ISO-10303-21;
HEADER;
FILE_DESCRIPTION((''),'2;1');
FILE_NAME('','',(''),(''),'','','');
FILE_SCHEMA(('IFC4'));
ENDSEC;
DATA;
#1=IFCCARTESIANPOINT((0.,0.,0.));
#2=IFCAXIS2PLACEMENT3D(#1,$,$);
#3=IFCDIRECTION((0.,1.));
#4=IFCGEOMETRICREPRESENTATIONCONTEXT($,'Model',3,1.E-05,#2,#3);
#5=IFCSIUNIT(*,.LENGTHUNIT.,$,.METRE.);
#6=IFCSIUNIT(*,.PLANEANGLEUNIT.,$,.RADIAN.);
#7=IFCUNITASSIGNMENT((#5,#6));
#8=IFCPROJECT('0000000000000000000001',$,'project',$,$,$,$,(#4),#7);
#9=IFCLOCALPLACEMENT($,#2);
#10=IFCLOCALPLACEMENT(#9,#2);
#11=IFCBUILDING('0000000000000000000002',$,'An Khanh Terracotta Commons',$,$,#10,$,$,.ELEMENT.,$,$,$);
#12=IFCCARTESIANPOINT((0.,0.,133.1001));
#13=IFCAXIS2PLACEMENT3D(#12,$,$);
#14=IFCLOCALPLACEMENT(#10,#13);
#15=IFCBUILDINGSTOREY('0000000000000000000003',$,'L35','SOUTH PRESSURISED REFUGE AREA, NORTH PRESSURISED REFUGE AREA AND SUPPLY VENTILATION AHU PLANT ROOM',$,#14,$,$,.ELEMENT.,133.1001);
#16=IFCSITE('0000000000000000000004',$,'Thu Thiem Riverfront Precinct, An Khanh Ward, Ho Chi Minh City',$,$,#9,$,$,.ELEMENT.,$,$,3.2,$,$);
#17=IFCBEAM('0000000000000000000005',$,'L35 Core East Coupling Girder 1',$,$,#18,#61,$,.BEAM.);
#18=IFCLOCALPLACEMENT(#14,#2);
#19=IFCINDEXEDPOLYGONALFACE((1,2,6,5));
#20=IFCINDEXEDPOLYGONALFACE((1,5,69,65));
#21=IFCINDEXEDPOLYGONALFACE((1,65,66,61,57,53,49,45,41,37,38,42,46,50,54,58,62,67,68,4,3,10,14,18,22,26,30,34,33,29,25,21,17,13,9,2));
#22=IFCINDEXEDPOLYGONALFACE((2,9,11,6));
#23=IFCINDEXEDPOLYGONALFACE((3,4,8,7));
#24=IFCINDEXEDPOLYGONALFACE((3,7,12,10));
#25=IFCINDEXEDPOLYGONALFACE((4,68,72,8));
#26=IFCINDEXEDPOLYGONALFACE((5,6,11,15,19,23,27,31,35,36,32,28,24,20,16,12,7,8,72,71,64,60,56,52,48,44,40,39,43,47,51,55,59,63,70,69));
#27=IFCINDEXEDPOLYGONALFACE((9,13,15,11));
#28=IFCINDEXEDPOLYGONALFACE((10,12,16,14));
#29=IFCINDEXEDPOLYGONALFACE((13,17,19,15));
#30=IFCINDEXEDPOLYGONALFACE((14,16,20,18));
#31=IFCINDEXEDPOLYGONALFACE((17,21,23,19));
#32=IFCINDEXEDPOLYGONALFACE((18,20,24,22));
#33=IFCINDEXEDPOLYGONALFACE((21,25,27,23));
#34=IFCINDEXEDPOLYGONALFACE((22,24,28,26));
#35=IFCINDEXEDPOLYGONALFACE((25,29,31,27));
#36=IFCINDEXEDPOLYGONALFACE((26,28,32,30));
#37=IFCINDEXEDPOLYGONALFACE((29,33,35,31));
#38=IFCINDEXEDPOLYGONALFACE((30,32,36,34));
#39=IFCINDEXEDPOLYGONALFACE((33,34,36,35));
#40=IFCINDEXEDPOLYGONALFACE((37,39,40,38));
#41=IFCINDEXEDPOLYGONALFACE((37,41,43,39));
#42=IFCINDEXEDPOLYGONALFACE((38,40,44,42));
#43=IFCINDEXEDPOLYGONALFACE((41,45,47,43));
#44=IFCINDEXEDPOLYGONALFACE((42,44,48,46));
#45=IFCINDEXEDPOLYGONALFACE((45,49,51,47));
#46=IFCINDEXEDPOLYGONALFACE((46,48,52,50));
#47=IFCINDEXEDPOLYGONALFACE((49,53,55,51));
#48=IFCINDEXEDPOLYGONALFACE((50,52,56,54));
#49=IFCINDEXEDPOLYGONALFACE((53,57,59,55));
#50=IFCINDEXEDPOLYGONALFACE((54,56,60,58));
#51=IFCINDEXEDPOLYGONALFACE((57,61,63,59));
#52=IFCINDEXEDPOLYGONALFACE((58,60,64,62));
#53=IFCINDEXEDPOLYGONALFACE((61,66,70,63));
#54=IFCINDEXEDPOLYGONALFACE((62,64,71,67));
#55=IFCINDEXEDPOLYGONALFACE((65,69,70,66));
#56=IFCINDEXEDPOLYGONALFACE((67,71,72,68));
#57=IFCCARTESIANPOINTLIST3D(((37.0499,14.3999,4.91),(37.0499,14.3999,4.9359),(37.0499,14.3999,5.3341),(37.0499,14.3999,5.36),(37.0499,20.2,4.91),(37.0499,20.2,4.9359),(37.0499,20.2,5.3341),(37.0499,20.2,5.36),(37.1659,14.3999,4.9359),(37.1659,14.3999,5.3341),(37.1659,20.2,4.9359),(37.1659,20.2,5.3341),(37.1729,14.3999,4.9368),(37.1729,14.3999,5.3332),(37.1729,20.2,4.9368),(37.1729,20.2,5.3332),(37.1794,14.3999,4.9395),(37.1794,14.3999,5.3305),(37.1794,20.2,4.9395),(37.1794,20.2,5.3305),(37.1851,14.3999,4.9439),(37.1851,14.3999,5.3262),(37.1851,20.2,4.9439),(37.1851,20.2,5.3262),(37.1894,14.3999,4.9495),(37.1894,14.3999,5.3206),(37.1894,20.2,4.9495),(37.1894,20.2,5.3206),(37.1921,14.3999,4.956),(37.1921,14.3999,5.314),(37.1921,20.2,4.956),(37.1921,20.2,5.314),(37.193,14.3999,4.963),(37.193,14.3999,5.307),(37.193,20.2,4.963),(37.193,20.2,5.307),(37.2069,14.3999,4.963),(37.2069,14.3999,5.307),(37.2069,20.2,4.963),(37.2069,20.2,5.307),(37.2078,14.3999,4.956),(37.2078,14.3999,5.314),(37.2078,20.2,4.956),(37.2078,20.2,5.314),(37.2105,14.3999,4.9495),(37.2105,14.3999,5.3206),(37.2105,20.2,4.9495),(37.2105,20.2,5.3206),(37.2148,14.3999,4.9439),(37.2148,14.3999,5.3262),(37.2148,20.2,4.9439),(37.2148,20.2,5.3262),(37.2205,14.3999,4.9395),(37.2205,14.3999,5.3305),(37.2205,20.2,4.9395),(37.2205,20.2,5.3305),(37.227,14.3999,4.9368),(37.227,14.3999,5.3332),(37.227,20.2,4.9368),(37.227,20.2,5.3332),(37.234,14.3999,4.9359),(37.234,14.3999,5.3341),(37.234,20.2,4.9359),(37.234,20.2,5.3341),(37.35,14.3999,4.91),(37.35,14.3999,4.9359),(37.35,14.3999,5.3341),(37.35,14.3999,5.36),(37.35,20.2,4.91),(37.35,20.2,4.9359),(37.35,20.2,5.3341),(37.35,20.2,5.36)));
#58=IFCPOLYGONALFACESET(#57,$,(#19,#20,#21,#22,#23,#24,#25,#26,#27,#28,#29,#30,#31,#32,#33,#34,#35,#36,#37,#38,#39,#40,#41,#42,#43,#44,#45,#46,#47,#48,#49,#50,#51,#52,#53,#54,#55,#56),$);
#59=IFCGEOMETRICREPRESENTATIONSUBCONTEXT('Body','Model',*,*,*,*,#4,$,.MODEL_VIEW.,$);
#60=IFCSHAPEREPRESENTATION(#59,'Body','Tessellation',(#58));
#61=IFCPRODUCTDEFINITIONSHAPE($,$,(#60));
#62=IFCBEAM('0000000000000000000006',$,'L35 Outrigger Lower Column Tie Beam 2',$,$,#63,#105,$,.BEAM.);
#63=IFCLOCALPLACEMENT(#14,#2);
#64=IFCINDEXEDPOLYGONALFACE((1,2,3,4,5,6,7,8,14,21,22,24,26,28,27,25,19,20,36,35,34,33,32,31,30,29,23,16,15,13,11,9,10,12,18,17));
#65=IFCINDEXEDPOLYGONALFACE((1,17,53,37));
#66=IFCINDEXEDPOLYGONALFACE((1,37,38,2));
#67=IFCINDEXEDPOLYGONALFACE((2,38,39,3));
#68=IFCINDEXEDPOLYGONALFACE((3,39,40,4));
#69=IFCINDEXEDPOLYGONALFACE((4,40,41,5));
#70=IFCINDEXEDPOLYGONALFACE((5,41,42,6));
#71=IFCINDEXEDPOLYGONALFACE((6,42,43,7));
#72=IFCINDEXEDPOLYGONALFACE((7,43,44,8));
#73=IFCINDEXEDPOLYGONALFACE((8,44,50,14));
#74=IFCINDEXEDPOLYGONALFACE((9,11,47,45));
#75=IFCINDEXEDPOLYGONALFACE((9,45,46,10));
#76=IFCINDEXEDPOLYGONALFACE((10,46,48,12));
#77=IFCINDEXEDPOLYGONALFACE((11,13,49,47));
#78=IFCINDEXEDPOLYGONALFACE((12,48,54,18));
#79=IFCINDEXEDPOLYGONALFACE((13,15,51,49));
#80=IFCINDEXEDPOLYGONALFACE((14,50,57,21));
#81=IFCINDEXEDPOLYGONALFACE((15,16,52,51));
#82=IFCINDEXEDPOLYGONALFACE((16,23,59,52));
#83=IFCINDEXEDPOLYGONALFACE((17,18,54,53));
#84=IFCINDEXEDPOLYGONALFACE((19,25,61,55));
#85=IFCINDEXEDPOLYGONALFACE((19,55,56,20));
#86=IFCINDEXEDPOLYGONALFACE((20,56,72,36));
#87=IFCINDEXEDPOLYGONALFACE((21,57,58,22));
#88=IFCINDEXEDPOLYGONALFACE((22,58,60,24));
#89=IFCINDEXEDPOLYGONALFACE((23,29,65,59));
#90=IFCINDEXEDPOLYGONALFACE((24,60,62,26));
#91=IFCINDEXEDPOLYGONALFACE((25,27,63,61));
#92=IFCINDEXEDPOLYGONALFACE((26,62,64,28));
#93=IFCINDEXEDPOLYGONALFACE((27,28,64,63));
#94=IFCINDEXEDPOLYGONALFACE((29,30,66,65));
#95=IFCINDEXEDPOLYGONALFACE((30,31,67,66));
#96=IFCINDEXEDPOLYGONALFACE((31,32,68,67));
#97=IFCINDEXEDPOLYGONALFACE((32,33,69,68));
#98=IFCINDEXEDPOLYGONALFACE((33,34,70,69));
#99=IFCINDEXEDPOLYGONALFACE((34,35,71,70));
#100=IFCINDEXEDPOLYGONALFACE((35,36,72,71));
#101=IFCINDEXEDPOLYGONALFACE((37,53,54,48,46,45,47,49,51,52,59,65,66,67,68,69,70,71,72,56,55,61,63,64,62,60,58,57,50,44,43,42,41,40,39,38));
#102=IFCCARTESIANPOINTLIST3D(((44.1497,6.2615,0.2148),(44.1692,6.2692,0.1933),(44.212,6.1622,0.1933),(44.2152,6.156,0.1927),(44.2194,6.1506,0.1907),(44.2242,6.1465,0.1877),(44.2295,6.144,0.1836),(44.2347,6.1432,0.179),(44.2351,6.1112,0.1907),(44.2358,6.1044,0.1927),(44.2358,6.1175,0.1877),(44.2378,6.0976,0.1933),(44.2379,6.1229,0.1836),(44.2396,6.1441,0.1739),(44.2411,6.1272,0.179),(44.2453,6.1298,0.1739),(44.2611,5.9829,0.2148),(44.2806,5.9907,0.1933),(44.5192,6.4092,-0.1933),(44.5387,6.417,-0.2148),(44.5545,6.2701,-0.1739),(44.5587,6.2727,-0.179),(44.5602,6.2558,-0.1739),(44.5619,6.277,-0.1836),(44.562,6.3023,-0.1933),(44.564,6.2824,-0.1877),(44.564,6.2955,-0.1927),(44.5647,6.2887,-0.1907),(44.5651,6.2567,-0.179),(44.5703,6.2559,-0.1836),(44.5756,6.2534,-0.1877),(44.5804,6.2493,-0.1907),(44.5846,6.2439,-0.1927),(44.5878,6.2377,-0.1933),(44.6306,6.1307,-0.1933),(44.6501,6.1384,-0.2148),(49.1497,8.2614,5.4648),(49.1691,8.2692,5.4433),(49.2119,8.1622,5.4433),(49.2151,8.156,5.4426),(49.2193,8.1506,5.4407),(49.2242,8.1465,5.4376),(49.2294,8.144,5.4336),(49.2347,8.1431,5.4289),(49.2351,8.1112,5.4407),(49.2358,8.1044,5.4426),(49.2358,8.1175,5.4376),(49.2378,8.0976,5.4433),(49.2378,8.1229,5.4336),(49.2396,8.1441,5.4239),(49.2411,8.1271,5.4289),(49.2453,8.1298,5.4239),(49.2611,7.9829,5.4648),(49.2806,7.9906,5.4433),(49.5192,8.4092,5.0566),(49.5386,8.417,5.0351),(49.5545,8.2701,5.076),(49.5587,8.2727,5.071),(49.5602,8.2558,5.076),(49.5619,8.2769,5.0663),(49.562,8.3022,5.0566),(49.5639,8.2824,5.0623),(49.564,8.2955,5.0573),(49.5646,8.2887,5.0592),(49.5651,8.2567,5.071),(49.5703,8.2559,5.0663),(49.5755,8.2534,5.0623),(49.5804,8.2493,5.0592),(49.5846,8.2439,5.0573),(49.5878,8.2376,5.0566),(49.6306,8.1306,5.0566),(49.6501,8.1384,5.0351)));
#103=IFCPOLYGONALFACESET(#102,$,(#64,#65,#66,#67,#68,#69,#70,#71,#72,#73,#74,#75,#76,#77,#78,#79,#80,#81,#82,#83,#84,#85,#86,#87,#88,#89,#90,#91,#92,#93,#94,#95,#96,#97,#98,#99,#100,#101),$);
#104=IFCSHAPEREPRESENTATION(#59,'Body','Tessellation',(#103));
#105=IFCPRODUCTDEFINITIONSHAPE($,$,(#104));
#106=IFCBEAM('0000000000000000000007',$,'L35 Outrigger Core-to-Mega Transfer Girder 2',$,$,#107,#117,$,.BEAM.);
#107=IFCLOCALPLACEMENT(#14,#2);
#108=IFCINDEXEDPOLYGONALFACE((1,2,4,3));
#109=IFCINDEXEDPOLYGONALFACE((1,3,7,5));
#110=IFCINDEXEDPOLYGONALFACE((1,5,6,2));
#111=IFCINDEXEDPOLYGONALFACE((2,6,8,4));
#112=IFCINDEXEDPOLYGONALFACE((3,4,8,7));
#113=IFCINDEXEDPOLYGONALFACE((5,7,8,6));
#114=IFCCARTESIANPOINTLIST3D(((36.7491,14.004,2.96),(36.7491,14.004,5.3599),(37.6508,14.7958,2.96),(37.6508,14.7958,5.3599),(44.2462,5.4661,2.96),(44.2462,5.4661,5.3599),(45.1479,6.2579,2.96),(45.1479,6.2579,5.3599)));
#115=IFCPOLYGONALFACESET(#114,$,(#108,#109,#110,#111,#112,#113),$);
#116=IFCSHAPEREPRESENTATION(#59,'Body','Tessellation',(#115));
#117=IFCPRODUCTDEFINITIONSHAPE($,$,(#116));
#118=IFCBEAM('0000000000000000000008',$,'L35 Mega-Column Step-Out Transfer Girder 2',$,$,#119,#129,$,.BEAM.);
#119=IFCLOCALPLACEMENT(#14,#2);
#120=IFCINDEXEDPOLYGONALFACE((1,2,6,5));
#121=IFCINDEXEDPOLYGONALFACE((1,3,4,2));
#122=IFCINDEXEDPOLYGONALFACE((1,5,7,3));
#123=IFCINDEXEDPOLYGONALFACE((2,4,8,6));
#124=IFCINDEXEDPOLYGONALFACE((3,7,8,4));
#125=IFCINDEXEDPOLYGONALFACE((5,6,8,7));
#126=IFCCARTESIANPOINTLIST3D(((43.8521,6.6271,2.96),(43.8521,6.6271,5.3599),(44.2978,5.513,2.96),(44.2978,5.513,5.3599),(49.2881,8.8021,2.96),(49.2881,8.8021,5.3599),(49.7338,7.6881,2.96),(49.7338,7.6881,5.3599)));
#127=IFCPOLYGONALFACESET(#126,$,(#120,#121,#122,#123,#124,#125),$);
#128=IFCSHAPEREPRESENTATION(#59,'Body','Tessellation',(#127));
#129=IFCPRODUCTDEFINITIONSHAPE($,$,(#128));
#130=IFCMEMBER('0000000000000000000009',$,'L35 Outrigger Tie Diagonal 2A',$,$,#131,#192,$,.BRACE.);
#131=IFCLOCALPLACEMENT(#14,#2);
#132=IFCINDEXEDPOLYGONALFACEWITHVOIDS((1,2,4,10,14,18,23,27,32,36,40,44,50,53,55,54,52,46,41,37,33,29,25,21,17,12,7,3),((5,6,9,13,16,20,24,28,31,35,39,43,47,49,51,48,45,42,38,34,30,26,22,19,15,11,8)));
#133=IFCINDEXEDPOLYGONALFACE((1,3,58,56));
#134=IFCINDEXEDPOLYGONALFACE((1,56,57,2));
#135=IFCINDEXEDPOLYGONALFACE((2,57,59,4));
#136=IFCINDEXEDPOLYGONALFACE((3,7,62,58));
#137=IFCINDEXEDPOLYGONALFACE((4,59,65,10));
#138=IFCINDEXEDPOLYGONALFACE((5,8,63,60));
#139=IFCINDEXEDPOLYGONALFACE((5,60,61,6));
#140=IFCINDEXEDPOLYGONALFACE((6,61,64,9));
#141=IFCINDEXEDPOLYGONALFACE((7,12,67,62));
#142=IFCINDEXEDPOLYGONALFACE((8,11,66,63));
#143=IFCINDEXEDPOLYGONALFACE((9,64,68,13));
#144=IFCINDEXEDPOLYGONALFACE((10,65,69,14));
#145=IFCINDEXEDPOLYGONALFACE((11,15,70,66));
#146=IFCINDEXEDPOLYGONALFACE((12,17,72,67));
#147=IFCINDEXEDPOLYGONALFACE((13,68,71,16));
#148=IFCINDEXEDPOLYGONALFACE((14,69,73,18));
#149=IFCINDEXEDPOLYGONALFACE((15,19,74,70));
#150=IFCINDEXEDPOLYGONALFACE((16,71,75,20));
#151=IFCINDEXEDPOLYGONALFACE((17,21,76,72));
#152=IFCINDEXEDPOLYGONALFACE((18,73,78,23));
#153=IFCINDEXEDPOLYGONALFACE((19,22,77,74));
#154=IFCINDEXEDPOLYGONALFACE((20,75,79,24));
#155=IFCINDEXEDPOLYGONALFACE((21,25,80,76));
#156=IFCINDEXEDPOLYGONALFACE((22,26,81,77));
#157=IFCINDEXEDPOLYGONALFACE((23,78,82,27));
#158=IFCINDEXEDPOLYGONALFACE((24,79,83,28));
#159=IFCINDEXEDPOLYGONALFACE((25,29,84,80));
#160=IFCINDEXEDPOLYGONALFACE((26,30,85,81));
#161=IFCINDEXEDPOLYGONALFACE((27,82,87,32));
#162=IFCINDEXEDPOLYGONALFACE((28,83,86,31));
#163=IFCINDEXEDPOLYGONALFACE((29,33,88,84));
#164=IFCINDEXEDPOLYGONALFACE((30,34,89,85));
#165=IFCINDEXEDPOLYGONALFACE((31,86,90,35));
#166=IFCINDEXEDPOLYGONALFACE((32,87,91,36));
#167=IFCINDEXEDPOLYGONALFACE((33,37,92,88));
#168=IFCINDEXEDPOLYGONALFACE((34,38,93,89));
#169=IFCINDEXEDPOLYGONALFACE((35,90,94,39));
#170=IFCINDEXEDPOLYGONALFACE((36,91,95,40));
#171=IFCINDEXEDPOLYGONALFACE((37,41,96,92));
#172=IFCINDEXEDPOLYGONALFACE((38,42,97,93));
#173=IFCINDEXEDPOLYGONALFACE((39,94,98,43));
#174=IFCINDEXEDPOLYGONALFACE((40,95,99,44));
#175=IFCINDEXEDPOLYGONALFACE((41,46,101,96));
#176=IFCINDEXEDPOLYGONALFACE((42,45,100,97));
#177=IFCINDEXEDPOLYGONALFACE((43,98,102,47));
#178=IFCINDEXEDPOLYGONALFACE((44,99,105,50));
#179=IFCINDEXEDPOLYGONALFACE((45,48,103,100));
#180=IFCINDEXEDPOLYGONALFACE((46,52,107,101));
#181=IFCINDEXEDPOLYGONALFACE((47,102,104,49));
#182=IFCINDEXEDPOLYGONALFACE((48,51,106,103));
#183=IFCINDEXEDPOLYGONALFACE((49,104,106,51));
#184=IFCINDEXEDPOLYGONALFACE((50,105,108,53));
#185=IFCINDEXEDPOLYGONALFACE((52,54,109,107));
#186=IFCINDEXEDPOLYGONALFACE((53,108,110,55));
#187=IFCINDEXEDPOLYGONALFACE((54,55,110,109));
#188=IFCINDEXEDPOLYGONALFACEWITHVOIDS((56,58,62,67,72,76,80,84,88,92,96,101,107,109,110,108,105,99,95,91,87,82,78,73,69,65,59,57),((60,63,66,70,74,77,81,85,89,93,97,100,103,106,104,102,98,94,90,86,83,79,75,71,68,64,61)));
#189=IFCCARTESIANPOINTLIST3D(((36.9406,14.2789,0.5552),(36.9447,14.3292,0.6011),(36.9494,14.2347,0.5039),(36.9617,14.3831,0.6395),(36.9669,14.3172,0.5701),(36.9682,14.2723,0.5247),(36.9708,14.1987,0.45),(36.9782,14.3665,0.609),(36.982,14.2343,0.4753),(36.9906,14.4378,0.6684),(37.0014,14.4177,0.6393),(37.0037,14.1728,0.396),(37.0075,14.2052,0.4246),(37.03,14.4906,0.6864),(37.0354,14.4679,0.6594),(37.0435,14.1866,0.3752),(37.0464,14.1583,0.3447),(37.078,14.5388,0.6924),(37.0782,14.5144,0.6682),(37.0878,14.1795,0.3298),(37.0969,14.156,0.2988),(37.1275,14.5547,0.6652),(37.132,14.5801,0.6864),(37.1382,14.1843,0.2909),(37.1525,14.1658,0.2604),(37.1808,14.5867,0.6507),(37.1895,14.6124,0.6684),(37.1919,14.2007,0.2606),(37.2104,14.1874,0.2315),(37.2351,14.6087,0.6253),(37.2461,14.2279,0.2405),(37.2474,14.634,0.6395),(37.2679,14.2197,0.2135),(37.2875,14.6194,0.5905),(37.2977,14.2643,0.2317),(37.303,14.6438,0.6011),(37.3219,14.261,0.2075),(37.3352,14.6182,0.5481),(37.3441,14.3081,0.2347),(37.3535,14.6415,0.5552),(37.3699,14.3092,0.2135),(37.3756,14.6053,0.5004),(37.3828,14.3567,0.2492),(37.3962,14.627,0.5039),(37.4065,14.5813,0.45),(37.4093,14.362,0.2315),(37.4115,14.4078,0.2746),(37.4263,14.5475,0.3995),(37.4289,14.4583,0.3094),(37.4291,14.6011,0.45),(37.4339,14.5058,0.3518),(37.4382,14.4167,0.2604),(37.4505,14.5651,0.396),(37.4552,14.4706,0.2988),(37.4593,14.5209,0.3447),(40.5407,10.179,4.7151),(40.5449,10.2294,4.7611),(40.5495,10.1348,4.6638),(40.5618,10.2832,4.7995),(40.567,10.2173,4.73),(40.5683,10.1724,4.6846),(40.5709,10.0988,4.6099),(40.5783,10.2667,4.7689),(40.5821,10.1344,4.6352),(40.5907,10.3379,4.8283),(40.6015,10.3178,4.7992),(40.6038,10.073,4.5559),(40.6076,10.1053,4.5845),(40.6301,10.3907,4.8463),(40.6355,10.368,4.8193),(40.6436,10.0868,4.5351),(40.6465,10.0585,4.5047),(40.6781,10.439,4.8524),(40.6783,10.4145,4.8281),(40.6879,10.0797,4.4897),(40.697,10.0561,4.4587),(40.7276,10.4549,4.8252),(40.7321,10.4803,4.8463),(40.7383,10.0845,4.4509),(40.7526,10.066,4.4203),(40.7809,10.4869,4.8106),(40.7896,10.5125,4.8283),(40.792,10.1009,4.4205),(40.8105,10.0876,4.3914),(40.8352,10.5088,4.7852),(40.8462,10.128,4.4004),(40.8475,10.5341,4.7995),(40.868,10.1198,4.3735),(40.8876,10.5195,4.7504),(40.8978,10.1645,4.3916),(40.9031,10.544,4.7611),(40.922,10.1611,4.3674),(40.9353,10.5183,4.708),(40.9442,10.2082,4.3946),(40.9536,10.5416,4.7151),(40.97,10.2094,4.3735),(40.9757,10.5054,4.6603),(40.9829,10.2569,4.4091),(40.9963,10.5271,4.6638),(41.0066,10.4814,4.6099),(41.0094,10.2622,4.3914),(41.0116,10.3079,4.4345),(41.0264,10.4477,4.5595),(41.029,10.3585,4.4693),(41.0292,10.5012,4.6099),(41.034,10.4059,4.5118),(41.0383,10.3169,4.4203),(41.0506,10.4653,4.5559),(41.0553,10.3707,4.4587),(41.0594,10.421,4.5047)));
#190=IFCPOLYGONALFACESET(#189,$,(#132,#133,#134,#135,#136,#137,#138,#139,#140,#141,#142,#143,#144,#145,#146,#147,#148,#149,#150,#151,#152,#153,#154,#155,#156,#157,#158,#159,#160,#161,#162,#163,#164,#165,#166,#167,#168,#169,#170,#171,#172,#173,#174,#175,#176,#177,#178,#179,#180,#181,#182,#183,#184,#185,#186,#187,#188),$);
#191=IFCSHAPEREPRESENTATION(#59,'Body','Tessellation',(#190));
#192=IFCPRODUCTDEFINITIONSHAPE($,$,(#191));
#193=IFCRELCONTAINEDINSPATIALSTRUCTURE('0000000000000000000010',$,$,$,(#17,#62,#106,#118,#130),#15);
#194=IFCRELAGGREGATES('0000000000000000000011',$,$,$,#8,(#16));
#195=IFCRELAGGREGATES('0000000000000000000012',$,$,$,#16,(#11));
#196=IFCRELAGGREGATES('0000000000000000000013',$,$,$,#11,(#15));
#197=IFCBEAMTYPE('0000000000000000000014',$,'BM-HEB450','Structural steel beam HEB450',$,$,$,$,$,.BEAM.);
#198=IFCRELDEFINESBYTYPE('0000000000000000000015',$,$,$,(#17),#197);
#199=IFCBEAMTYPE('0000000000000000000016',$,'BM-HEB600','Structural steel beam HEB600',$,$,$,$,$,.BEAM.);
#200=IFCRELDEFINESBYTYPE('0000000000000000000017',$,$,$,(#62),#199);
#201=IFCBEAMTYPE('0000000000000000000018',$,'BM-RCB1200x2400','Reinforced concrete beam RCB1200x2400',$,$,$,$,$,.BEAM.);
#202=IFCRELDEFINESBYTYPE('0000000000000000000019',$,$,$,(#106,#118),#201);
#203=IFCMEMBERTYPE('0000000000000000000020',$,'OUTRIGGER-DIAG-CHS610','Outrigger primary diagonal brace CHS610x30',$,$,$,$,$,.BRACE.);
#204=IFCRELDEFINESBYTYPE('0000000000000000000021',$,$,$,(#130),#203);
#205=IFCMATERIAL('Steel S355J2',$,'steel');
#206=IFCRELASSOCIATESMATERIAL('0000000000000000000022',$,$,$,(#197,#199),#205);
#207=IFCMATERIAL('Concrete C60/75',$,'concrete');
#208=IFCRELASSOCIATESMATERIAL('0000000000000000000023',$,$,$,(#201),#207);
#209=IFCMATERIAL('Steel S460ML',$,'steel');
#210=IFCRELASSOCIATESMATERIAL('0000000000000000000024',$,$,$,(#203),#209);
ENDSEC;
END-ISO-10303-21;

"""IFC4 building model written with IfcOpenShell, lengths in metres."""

from ifc_helpers import new_model, si_unit, direction, frame, origin, origin_2d, place, context, subcontext, project, spatial, rectangle, hollow_circle, i_section, extrude, material, material_profile, profile_set, type_object, element, save


model = new_model("IFC4")

# Units and contexts
model_context = context("Model", 3, precision=1e-05, world=origin(), true_north=direction((0.0, 1.0)))
body_context = subcontext(model_context, "Body", "Model", "MODEL_VIEW")
ifc_project = project(units=[si_unit("LENGTHUNIT", "METRE"), si_unit("PLANEANGLEUNIT", "RADIAN")], contexts=[model_context])

# Site, building, storey
site_placement = place(None, origin())
site = spatial("IfcSite", under=ifc_project, at=site_placement, Name="Thu Thiem Riverfront Precinct, An Khanh Ward, Ho Chi Minh City", CompositionType="ELEMENT", RefElevation=3.2)
building_placement = place(site_placement, origin())
building = spatial("IfcBuilding", under=site, at=building_placement, Name="An Khanh Terracotta Commons", CompositionType="ELEMENT")
storey_placement = place(building_placement, frame((0.0, 0.0, 133.1001)))
storey = spatial("IfcBuildingStorey", under=building, at=storey_placement, Name="L35", Description="SOUTH PRESSURISED REFUGE AREA, NORTH PRESSURISED REFUGE AREA AND SUPPLY VENTILATION AHU PLANT ROOM", CompositionType="ELEMENT", Elevation=133.1001)

# Shared definitions
ifc_material_1 = material(Name="Steel S460ML", Category="steel")

# Beams
ifc_material_2 = material(Name="Steel S355J2", Category="steel")
ifc_material_profile_1 = material_profile(ifc_material_2, i_section(OverallWidth=0.3, OverallDepth=0.45, WebThickness=0.0139, FlangeThickness=0.0259, FilletRadius=0.0271, at=origin_2d()), Name="HEB450")
ifc_profile_set_1 = profile_set([ifc_material_profile_1], Name="Steel S355J2")
beam_type_1 = type_object("IfcBeamType", Name="BM-HEB450", Description="Structural steel beam HEB450", PredefinedType="BEAM", material=ifc_profile_set_1)
beam_1_placement = place(storey_placement, frame((37.2, 14.3999, 5.135), z_axis=(0.0, 1.0, 0.0), x_axis=(-1.0, 0.0, 0.0)))
element("IfcBeam", 1, at=beam_1_placement, inside=storey, type_object=beam_type_1, Name="L35 Core East Coupling Girder 1", PredefinedType="BEAM", context=body_context, shape_type="SweptSolid", body=[
    extrude(i_section(OverallWidth=0.3, OverallDepth=0.45, WebThickness=0.0139, FlangeThickness=0.0259, FilletRadius=0.0271, at=origin_2d()), origin(), (0.0, 0.0, 1.0), 5.8),
])
ifc_material_profile_2 = material_profile(ifc_material_2, i_section(OverallWidth=0.3, OverallDepth=0.6001, WebThickness=0.0154, FlangeThickness=0.03, FilletRadius=0.0271, at=origin_2d()), Name="HEB600")
ifc_profile_set_2 = profile_set([ifc_material_profile_2], Name="Steel S355J2")
beam_type_2 = type_object("IfcBeamType", Name="BM-HEB600", Description="Structural steel beam HEB600", PredefinedType="BEAM", material=ifc_profile_set_2)
beam_2_placement = place(storey_placement, frame((44.3999, 6.2, 0.0), z_axis=(0.664822, 0.265929, 0.698064), x_axis=(-0.371391, 0.928477, 0.0)))
element("IfcBeam", 2, at=beam_2_placement, inside=storey, type_object=beam_type_2, Name="L35 Outrigger Lower Column Tie Beam 2", PredefinedType="BEAM", context=body_context, shape_type="SweptSolid", body=[
    extrude(i_section(OverallWidth=0.3, OverallDepth=0.6001, WebThickness=0.0154, FlangeThickness=0.03, FilletRadius=0.0271, at=origin_2d()), origin(), (0.0, 0.0, 1.0), 7.5208),
])
ifc_material_3 = material(Name="Concrete C60/75", Category="concrete")
ifc_material_profile_3 = material_profile(ifc_material_3, rectangle(XDim=1.2, YDim=2.3999, at=origin_2d()), Name="RCB1200x2400")
ifc_profile_set_3 = profile_set([ifc_material_profile_3], Name="Concrete C60/75")
beam_type_3 = type_object("IfcBeamType", Name="BM-RCB1200x2400", Description="Reinforced concrete beam RCB1200x2400", PredefinedType="BEAM", material=ifc_profile_set_3)
beam_3_placement = place(storey_placement, frame((37.2, 14.3999, 4.1599), z_axis=(0.659822, -0.751422, 0.0), x_axis=(0.751422, 0.659822, 0.0)))
element("IfcBeam", 3, at=beam_3_placement, inside=storey, type_object=beam_type_3, Name="L35 Outrigger Core-to-Mega Transfer Girder 2", PredefinedType="BEAM", context=body_context, shape_type="SweptSolid", body=[
    extrude(rectangle(XDim=1.2, YDim=2.3999, at=origin_2d()), origin(), (0.0, 0.0, 1.0), 11.3623),
])
beam_4_placement = place(storey_placement, frame((44.075, 6.0701, 4.1599), z_axis=(0.928439, 0.371484, 0.0), x_axis=(-0.371484, 0.928439, 0.0)))
element("IfcBeam", 4, at=beam_4_placement, inside=storey, type_object=beam_type_3, Name="L35 Mega-Column Step-Out Transfer Girder 2", PredefinedType="BEAM", context=body_context, shape_type="SweptSolid", body=[
    extrude(rectangle(XDim=1.2, YDim=2.3999, at=origin_2d()), origin(), (0.0, 0.0, 1.0), 5.855),
])

# Member
ifc_material_profile_4 = material_profile(ifc_material_1, hollow_circle(Radius=0.3049, WallThickness=0.03, at=origin_2d()), Name="CHS610x30")
ifc_profile_set_4 = profile_set([ifc_material_profile_4], Name="Steel S460ML")
member_type_1 = type_object("IfcMemberType", Name="OUTRIGGER-DIAG-CHS610", Description="Outrigger primary diagonal brace CHS610x30", PredefinedType="BRACE", material=ifc_profile_set_4)
for number, where, z_axis, x_axis, name in (
    (5, (37.2, 14.3999, 0.45), (0.524713, -0.597553, 0.606306), (0.75142, 0.659825, 0.0), "L35 Outrigger Tie Diagonal 2A"),
):
    element("IfcMember", number, at=place(storey_placement, frame(where, z_axis=z_axis, x_axis=x_axis)), inside=storey, type_object=member_type_1, Name=name, PredefinedType="BRACE", context=body_context, shape_type="SweptSolid", body=[
        extrude(hollow_circle(Radius=0.3049, WallThickness=0.03, at=origin_2d()), origin(), (0.0, 0.0, 1.0), 6.8611),
    ])

save(model, "model.ifc")
